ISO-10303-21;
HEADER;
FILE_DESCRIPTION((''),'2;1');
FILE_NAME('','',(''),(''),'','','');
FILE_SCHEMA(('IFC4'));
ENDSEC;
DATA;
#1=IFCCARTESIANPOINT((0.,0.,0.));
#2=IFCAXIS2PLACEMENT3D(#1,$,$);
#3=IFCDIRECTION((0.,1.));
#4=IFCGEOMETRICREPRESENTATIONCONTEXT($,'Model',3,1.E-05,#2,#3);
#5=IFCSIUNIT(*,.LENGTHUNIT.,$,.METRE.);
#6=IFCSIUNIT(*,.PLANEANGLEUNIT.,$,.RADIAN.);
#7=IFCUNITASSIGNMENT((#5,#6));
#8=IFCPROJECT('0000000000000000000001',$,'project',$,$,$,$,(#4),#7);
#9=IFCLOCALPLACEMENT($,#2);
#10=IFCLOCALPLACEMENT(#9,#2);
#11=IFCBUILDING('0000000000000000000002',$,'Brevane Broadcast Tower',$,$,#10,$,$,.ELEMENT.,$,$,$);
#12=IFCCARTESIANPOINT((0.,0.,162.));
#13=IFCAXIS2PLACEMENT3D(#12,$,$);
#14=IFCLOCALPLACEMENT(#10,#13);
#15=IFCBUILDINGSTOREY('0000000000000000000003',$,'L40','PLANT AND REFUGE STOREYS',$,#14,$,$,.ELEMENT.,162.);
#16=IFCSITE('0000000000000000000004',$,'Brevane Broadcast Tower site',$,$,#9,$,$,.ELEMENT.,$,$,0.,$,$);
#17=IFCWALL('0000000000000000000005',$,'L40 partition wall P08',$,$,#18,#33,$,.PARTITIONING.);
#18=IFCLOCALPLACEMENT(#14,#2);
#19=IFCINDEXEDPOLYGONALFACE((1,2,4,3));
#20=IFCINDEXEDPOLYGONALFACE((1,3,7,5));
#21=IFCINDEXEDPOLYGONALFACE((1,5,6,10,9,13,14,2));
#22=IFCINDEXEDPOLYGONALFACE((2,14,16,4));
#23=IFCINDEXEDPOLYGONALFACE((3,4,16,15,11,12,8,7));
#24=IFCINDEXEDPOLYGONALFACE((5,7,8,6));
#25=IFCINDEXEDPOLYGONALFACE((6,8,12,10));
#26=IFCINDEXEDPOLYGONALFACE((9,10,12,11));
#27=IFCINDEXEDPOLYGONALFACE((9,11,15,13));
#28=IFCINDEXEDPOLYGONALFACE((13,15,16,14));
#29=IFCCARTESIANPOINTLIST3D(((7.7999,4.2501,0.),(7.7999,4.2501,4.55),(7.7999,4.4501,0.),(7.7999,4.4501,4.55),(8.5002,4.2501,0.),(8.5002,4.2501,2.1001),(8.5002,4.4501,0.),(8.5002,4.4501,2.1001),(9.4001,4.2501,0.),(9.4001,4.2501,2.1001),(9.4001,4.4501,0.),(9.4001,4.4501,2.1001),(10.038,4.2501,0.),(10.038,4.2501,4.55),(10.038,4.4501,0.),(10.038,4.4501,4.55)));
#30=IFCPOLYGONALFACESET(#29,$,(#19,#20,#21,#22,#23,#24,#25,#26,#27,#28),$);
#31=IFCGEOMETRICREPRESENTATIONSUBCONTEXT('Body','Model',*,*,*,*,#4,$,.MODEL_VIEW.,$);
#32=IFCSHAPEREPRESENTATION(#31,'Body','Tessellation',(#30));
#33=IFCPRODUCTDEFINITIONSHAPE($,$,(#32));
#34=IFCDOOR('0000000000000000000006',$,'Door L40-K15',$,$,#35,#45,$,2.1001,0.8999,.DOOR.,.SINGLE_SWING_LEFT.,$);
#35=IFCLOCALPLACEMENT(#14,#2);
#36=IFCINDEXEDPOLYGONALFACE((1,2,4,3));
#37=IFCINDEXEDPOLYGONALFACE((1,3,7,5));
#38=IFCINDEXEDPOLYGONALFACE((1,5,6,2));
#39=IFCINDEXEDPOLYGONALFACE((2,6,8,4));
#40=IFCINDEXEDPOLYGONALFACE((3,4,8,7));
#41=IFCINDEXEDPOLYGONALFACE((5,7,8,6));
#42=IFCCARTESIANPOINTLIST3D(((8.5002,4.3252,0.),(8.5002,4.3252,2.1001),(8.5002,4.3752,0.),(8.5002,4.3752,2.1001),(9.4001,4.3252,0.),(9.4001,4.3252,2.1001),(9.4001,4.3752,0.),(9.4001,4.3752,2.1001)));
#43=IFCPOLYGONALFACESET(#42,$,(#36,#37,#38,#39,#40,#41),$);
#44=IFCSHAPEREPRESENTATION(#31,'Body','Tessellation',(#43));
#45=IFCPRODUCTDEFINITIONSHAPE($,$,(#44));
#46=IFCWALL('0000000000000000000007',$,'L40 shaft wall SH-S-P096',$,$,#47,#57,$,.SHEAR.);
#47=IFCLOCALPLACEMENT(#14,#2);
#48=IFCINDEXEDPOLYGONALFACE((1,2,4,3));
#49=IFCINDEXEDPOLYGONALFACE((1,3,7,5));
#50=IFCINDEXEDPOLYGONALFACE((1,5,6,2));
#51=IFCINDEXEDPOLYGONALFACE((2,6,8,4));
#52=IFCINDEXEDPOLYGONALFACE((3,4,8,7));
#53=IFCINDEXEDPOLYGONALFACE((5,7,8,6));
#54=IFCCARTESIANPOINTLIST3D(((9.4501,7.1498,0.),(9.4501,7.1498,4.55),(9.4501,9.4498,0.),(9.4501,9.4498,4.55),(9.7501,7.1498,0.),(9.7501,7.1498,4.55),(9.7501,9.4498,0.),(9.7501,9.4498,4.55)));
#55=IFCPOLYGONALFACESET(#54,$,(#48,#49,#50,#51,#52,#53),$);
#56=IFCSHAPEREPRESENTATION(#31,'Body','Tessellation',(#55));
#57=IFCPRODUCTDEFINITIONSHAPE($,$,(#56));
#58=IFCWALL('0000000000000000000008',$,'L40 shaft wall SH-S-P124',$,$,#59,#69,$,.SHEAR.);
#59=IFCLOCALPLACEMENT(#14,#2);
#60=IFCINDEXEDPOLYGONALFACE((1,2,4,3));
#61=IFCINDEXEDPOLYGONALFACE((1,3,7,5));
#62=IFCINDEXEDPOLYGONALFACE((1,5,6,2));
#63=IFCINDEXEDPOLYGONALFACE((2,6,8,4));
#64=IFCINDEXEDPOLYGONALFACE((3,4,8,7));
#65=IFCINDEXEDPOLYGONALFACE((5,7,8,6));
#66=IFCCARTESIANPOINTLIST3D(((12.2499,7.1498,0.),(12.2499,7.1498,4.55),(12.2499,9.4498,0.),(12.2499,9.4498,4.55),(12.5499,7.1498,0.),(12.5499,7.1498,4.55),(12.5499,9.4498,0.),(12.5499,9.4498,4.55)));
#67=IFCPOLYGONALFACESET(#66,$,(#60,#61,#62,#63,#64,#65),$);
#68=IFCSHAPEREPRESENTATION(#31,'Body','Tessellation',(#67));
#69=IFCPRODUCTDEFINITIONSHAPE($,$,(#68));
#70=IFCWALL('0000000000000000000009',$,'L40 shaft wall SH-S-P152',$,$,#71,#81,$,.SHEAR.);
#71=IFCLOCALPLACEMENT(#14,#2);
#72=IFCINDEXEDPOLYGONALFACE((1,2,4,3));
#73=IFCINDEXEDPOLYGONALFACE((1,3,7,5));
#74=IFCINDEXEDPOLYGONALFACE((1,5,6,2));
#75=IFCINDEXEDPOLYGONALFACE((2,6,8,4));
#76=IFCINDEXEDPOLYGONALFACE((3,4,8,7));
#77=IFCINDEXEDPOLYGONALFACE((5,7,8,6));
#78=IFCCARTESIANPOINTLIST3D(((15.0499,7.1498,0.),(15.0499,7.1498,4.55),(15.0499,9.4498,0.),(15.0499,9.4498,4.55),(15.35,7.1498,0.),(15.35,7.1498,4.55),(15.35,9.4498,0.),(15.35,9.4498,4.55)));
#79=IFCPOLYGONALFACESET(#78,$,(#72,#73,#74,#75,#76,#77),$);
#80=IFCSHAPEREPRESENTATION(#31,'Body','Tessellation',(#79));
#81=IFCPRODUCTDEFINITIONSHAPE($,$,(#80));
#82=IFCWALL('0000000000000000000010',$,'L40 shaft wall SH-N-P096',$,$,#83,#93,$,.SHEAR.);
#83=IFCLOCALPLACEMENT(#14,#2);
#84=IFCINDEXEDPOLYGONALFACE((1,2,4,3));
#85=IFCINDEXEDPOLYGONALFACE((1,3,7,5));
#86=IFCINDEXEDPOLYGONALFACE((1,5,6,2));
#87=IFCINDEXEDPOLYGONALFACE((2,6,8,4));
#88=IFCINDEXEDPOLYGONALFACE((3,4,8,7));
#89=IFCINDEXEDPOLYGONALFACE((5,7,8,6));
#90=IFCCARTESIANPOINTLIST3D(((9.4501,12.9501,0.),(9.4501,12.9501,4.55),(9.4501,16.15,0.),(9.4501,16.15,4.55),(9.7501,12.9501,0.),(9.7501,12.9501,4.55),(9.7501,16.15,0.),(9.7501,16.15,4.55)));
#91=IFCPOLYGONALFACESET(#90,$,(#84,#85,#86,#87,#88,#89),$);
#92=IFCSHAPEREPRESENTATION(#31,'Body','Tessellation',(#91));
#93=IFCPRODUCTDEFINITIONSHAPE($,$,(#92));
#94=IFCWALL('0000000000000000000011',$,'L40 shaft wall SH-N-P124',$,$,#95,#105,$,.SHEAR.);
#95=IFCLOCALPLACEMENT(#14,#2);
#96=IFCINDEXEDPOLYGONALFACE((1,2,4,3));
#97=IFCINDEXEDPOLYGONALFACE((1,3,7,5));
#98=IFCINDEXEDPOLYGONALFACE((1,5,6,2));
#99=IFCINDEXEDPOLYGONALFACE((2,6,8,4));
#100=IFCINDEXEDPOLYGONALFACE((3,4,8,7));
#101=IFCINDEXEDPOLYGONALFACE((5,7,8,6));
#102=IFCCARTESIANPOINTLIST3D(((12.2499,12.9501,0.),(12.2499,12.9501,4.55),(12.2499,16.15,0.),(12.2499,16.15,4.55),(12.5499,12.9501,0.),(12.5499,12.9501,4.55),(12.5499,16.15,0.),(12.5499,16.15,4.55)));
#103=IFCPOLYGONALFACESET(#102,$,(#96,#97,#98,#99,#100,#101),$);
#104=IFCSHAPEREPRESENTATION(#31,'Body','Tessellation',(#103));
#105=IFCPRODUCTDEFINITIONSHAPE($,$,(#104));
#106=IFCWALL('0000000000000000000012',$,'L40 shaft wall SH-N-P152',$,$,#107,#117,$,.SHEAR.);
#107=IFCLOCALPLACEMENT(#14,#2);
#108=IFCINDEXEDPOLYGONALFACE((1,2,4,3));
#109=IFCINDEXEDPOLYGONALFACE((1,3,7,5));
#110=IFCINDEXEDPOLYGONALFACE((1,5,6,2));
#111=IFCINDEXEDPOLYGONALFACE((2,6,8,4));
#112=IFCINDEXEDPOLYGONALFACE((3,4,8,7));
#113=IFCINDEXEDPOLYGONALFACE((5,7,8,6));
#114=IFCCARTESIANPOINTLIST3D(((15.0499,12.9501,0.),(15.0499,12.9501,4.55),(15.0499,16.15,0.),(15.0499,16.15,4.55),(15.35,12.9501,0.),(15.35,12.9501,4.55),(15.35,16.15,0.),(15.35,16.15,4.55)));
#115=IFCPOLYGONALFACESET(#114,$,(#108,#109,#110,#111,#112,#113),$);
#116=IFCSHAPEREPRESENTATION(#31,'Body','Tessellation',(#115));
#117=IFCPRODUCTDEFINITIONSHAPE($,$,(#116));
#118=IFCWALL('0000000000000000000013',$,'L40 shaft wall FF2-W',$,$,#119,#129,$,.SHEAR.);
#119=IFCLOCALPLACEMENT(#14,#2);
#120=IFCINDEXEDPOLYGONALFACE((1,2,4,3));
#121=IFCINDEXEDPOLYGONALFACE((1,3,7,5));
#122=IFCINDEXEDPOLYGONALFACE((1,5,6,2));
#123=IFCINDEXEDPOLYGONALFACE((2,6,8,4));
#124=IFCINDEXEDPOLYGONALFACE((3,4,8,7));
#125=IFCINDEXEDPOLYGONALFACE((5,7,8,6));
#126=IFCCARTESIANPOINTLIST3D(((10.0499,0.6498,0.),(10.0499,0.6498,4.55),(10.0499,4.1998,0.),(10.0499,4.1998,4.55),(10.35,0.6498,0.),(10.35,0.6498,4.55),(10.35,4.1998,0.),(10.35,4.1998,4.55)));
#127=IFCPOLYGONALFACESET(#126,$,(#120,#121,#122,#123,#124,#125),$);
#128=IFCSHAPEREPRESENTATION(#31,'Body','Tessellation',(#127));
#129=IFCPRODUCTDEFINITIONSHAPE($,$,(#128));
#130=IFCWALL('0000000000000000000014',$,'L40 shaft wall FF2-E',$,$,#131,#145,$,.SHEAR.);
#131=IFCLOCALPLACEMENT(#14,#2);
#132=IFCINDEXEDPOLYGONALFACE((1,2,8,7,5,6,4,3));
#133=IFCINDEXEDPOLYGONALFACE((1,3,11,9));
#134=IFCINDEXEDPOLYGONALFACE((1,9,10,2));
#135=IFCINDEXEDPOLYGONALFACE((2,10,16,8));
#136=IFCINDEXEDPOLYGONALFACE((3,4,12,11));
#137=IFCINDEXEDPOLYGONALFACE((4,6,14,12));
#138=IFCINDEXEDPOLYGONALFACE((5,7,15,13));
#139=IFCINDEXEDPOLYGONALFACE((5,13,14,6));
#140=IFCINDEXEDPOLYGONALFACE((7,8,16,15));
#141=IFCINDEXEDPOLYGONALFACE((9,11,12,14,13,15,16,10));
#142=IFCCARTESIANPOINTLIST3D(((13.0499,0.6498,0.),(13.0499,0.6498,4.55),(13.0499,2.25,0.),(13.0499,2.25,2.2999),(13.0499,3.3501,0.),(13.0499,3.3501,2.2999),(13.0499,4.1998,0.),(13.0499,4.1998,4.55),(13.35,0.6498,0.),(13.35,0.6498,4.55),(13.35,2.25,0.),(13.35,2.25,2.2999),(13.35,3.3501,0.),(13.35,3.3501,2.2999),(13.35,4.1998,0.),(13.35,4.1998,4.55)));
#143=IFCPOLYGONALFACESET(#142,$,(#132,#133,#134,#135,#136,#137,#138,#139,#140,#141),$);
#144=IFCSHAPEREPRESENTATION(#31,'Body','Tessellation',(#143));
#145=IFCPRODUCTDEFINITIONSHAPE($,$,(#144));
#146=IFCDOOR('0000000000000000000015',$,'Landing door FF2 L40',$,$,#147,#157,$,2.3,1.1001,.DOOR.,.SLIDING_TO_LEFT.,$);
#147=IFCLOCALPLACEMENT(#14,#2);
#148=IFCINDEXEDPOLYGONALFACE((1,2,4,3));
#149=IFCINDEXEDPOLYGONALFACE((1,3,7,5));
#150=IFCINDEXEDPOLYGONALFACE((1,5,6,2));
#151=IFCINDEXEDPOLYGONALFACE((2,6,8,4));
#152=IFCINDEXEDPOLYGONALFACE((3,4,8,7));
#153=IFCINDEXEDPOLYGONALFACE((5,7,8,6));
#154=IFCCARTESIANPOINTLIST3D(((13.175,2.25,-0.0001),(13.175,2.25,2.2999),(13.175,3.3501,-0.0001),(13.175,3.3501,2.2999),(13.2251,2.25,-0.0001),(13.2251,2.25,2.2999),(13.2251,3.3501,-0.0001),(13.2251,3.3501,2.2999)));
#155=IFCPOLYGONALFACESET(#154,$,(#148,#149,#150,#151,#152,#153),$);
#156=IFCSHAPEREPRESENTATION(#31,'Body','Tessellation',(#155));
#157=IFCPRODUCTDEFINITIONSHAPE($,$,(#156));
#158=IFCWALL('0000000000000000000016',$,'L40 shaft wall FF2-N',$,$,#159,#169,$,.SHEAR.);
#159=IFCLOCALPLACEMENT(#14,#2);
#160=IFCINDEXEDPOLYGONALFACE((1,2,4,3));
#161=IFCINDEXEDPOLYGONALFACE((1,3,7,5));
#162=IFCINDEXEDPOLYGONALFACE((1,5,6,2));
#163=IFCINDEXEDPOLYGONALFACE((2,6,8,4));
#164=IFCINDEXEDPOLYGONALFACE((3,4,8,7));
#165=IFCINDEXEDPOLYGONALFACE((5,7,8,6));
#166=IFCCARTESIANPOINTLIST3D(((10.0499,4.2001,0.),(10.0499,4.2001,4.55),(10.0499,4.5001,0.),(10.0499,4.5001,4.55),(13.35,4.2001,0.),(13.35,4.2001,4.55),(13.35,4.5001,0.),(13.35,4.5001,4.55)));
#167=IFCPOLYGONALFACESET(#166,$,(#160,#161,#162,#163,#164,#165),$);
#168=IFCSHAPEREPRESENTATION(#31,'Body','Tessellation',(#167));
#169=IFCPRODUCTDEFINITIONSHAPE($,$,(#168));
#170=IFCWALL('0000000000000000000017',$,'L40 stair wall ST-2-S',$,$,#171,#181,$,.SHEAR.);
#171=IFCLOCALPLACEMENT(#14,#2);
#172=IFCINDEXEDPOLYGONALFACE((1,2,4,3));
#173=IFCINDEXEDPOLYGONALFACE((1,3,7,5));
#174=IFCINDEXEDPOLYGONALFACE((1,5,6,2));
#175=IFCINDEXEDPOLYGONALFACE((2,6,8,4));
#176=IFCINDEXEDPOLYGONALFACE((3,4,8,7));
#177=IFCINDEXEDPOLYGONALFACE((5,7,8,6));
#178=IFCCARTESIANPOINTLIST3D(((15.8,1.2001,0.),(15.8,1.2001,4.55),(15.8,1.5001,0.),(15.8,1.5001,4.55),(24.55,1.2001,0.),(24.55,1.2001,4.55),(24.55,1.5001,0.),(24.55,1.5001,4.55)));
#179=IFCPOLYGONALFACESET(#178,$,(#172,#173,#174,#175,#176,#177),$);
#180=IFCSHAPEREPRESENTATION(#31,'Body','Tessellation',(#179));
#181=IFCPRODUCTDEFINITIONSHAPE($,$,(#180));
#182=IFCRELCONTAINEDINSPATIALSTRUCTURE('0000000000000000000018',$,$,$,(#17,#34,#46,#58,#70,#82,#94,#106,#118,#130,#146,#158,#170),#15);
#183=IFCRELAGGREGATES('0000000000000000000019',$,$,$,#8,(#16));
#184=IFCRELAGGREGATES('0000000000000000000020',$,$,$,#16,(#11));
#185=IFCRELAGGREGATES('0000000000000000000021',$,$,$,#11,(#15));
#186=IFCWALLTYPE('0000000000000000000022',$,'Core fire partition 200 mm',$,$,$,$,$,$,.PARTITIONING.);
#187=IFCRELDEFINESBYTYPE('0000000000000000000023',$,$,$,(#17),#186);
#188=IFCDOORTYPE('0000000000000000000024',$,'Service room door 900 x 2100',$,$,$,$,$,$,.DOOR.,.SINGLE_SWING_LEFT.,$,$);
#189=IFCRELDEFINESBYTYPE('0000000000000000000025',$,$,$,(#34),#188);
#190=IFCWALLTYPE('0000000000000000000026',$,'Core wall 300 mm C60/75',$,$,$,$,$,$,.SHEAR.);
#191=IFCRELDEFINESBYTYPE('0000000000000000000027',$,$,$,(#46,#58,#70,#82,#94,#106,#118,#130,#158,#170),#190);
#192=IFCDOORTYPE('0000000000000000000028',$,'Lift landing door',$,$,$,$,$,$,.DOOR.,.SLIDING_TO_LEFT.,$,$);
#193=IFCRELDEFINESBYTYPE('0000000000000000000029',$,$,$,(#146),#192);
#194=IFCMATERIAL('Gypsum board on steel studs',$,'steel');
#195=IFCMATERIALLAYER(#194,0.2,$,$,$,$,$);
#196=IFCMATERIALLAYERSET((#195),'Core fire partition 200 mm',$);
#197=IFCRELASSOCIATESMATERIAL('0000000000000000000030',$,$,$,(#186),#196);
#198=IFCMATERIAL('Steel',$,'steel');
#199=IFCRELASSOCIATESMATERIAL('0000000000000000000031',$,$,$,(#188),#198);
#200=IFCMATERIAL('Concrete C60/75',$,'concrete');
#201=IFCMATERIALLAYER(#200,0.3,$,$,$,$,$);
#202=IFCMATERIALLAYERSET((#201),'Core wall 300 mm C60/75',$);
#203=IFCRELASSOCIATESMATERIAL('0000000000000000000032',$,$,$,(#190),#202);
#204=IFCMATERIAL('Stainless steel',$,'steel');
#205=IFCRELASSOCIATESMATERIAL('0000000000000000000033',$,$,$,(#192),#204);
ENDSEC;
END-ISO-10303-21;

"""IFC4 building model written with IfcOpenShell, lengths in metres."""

from ifc_helpers import new_model, si_unit, direction, frame, frame_2d, origin, place, context, subcontext, project, spatial, rectangle, extrude, material, layer, layer_set, type_object, element, fill, save


model = new_model("IFC4")

# Units and contexts
model_context = context("Model", 3, precision=1e-05, world=origin(), true_north=direction((0.0, 1.0)))
body_context = subcontext(model_context, "Body", "Model", "MODEL_VIEW")
ifc_project = project(units=[si_unit("LENGTHUNIT", "METRE"), si_unit("PLANEANGLEUNIT", "RADIAN")], contexts=[model_context])

# Site, building, storey
site_placement = place(None, origin())
site = spatial("IfcSite", under=ifc_project, at=site_placement, Name="Brevane Broadcast Tower site", CompositionType="ELEMENT", RefElevation=0.0)
building_placement = place(site_placement, origin())
building = spatial("IfcBuilding", under=site, at=building_placement, Name="Brevane Broadcast Tower", CompositionType="ELEMENT")
storey_placement = place(building_placement, frame((0.0, 0.0, 162.0)))
storey = spatial("IfcBuildingStorey", under=building, at=storey_placement, Name="L40", Description="PLANT AND REFUGE STOREYS", CompositionType="ELEMENT", Elevation=162.0)

# Shared definitions
ifc_material_1 = material(Name="Gypsum board on steel studs", Category="steel")
ifc_layer_1 = layer(ifc_material_1, 0.2)
ifc_layer_set_1 = layer_set([ifc_layer_1], Name="Core fire partition 200 mm")
wall_type_1 = type_object("IfcWallType", Name="Core fire partition 200 mm", PredefinedType="PARTITIONING", material=ifc_layer_set_1)
ifc_material_2 = material(Name="Steel", Category="steel")

# Wall, opening, door
wall_1_placement = place(storey_placement, frame((10.0381, 4.3501, 0.0), z_axis=(0.0, 0.0, 1.0), x_axis=(-1.0, 0.0, 0.0)))
wall_1 = element("IfcWall", 1, at=wall_1_placement, inside=storey, type_object=wall_type_1, Name="L40 partition wall P08", PredefinedType="PARTITIONING", context=body_context, shape_type="SweptSolid", body=[
    extrude(rectangle(XDim=2.238, YDim=0.2, at=frame_2d((1.1191, 0.0))), origin(), (0.0, 0.0, 1.0), 4.55),
])
opening_1_placement = place(wall_1_placement, frame((0.6379, 0.0, 0.0)))
opening_1 = element("IfcOpeningElement", 2, at=opening_1_placement, cuts=wall_1, PredefinedType="OPENING", context=body_context, shape_type="SweptSolid", body=[
    extrude(rectangle(XDim=0.8999, YDim=2.1001, at=frame_2d((0.45, 1.05))), frame((0.0, 0.1099, 0.0), z_axis=(0.0, -1.0, 0.0), x_axis=(1.0, 0.0, 0.0)), (0.0, 0.0, 1.0), 0.22),
])
door_type_1 = type_object("IfcDoorType", Name="Service room door 900 x 2100", OperationType="SINGLE_SWING_LEFT", PredefinedType="DOOR", material=ifc_material_2)
door_1_placement = place(opening_1_placement, origin())
door_1 = element("IfcDoor", 3, at=door_1_placement, inside=storey, type_object=door_type_1, Name="Door L40-K15", OperationType="SINGLE_SWING_LEFT", OverallHeight=2.1001, OverallWidth=0.8999, PredefinedType="DOOR", context=body_context, shape_type="SweptSolid", body=[
    extrude(rectangle(XDim=0.8999, YDim=2.1001, at=frame_2d((0.45, 1.05))), frame((0.0, 0.0249, 0.0), z_axis=(0.0, -1.0, 0.0), x_axis=(1.0, 0.0, 0.0)), (0.0, 0.0, 1.0), 0.05),
])
fill(opening_1, door_1)

# Walls
ifc_material_3 = material(Name="Concrete C60/75", Category="concrete")
ifc_layer_2 = layer(ifc_material_3, 0.3)
ifc_layer_set_2 = layer_set([ifc_layer_2], Name="Core wall 300 mm C60/75")
wall_type_2 = type_object("IfcWallType", Name="Core wall 300 mm C60/75", PredefinedType="SHEAR", material=ifc_layer_set_2)
for number, where, z_axis, x_axis, name in (
    (4, (9.6001, 7.1499, 0.0), (0.0, 0.0, 1.0), (0.0, 1.0, 0.0), "L40 shaft wall SH-S-P096"),
    (5, (12.3999, 7.1499, 0.0), (0.0, 0.0, 1.0), (0.0, 1.0, 0.0), "L40 shaft wall SH-S-P124"),
    (6, (15.2, 7.1499, 0.0), (0.0, 0.0, 1.0), (0.0, 1.0, 0.0), "L40 shaft wall SH-S-P152"),
):
    element("IfcWall", number, at=place(storey_placement, frame(where, z_axis=z_axis, x_axis=x_axis)), inside=storey, type_object=wall_type_2, Name=name, PredefinedType="SHEAR", context=body_context, shape_type="SweptSolid", body=[
        extrude(rectangle(XDim=2.3, YDim=0.3, at=frame_2d((1.1499, 0.0))), origin(), (0.0, 0.0, 1.0), 4.55),
    ])
for number, where, z_axis, x_axis, name in (
    (7, (9.6001, 12.95, 0.0), (0.0, 0.0, 1.0), (0.0, 1.0, 0.0), "L40 shaft wall SH-N-P096"),
    (8, (12.3999, 12.95, 0.0), (0.0, 0.0, 1.0), (0.0, 1.0, 0.0), "L40 shaft wall SH-N-P124"),
    (9, (15.2, 12.95, 0.0), (0.0, 0.0, 1.0), (0.0, 1.0, 0.0), "L40 shaft wall SH-N-P152"),
):
    element("IfcWall", number, at=place(storey_placement, frame(where, z_axis=z_axis, x_axis=x_axis)), inside=storey, type_object=wall_type_2, Name=name, PredefinedType="SHEAR", context=body_context, shape_type="SweptSolid", body=[
        extrude(rectangle(XDim=3.2, YDim=0.3, at=frame_2d((1.6001, 0.0))), origin(), (0.0, 0.0, 1.0), 4.55),
    ])
wall_2_placement = place(storey_placement, frame((10.2, 0.6499, 0.0), z_axis=(0.0, 0.0, 1.0), x_axis=(0.0, 1.0, 0.0)))
element("IfcWall", 10, at=wall_2_placement, inside=storey, type_object=wall_type_2, Name="L40 shaft wall FF2-W", PredefinedType="SHEAR", context=body_context, shape_type="SweptSolid", body=[
    extrude(rectangle(XDim=3.55, YDim=0.3, at=frame_2d((1.7749, 0.0))), origin(), (0.0, 0.0, 1.0), 4.55),
])

# Wall, opening, door
wall_3_placement = place(storey_placement, frame((13.2, 0.6499, 0.0), z_axis=(0.0, 0.0, 1.0), x_axis=(0.0, 1.0, 0.0)))
wall_3 = element("IfcWall", 11, at=wall_3_placement, inside=storey, type_object=wall_type_2, Name="L40 shaft wall FF2-E", PredefinedType="SHEAR", context=body_context, shape_type="SweptSolid", body=[
    extrude(rectangle(XDim=3.55, YDim=0.3, at=frame_2d((1.7749, 0.0))), origin(), (0.0, 0.0, 1.0), 4.55),
])
opening_2_placement = place(wall_3_placement, frame((1.6001, 0.0, 0.0)))
opening_2 = element("IfcOpeningElement", 12, at=opening_2_placement, cuts=wall_3, PredefinedType="OPENING", context=body_context, shape_type="SweptSolid", body=[
    extrude(rectangle(XDim=1.1001, YDim=2.3, at=frame_2d((0.55, 1.1499))), frame((0.0, 0.1599, 0.0), z_axis=(0.0, -1.0, 0.0), x_axis=(1.0, 0.0, 0.0)), (0.0, 0.0, 1.0), 0.3201),
])
ifc_material_4 = material(Name="Stainless steel", Category="steel")
door_type_2 = type_object("IfcDoorType", Name="Lift landing door", OperationType="SLIDING_TO_LEFT", PredefinedType="DOOR", material=ifc_material_4)
door_2_placement = place(opening_2_placement, origin())
door_2 = element("IfcDoor", 13, at=door_2_placement, inside=storey, type_object=door_type_2, Name="Landing door FF2 L40", OperationType="SLIDING_TO_LEFT", OverallHeight=2.3, OverallWidth=1.1001, PredefinedType="DOOR", context=body_context, shape_type="SweptSolid", body=[
    extrude(rectangle(XDim=1.1001, YDim=2.3, at=frame_2d((0.55, 1.1499))), frame((0.0, 0.0249, 0.0), z_axis=(0.0, -1.0, 0.0), x_axis=(1.0, 0.0, 0.0)), (0.0, 0.0, 1.0), 0.05),
])
fill(opening_2, door_2)

# Walls
wall_4_placement = place(storey_placement, frame((10.05, 4.3501, 0.0), z_axis=(0.0, 0.0, 1.0), x_axis=(1.0, 0.0, 0.0)))
element("IfcWall", 14, at=wall_4_placement, inside=storey, type_object=wall_type_2, Name="L40 shaft wall FF2-N", PredefinedType="SHEAR", context=body_context, shape_type="SweptSolid", body=[
    extrude(rectangle(XDim=3.3, YDim=0.3, at=frame_2d((1.6499, 0.0))), origin(), (0.0, 0.0, 1.0), 4.55),
])
wall_5_placement = place(storey_placement, frame((15.8, 1.3501, 0.0), z_axis=(0.0, 0.0, 1.0), x_axis=(1.0, 0.0, 0.0)))
element("IfcWall", 15, at=wall_5_placement, inside=storey, type_object=wall_type_2, Name="L40 stair wall ST-2-S", PredefinedType="SHEAR", context=body_context, shape_type="SweptSolid", body=[
    extrude(rectangle(XDim=8.75, YDim=0.3, at=frame_2d((4.375, 0.0))), origin(), (0.0, 0.0, 1.0), 4.55),
])

save(model, "model.ifc")
